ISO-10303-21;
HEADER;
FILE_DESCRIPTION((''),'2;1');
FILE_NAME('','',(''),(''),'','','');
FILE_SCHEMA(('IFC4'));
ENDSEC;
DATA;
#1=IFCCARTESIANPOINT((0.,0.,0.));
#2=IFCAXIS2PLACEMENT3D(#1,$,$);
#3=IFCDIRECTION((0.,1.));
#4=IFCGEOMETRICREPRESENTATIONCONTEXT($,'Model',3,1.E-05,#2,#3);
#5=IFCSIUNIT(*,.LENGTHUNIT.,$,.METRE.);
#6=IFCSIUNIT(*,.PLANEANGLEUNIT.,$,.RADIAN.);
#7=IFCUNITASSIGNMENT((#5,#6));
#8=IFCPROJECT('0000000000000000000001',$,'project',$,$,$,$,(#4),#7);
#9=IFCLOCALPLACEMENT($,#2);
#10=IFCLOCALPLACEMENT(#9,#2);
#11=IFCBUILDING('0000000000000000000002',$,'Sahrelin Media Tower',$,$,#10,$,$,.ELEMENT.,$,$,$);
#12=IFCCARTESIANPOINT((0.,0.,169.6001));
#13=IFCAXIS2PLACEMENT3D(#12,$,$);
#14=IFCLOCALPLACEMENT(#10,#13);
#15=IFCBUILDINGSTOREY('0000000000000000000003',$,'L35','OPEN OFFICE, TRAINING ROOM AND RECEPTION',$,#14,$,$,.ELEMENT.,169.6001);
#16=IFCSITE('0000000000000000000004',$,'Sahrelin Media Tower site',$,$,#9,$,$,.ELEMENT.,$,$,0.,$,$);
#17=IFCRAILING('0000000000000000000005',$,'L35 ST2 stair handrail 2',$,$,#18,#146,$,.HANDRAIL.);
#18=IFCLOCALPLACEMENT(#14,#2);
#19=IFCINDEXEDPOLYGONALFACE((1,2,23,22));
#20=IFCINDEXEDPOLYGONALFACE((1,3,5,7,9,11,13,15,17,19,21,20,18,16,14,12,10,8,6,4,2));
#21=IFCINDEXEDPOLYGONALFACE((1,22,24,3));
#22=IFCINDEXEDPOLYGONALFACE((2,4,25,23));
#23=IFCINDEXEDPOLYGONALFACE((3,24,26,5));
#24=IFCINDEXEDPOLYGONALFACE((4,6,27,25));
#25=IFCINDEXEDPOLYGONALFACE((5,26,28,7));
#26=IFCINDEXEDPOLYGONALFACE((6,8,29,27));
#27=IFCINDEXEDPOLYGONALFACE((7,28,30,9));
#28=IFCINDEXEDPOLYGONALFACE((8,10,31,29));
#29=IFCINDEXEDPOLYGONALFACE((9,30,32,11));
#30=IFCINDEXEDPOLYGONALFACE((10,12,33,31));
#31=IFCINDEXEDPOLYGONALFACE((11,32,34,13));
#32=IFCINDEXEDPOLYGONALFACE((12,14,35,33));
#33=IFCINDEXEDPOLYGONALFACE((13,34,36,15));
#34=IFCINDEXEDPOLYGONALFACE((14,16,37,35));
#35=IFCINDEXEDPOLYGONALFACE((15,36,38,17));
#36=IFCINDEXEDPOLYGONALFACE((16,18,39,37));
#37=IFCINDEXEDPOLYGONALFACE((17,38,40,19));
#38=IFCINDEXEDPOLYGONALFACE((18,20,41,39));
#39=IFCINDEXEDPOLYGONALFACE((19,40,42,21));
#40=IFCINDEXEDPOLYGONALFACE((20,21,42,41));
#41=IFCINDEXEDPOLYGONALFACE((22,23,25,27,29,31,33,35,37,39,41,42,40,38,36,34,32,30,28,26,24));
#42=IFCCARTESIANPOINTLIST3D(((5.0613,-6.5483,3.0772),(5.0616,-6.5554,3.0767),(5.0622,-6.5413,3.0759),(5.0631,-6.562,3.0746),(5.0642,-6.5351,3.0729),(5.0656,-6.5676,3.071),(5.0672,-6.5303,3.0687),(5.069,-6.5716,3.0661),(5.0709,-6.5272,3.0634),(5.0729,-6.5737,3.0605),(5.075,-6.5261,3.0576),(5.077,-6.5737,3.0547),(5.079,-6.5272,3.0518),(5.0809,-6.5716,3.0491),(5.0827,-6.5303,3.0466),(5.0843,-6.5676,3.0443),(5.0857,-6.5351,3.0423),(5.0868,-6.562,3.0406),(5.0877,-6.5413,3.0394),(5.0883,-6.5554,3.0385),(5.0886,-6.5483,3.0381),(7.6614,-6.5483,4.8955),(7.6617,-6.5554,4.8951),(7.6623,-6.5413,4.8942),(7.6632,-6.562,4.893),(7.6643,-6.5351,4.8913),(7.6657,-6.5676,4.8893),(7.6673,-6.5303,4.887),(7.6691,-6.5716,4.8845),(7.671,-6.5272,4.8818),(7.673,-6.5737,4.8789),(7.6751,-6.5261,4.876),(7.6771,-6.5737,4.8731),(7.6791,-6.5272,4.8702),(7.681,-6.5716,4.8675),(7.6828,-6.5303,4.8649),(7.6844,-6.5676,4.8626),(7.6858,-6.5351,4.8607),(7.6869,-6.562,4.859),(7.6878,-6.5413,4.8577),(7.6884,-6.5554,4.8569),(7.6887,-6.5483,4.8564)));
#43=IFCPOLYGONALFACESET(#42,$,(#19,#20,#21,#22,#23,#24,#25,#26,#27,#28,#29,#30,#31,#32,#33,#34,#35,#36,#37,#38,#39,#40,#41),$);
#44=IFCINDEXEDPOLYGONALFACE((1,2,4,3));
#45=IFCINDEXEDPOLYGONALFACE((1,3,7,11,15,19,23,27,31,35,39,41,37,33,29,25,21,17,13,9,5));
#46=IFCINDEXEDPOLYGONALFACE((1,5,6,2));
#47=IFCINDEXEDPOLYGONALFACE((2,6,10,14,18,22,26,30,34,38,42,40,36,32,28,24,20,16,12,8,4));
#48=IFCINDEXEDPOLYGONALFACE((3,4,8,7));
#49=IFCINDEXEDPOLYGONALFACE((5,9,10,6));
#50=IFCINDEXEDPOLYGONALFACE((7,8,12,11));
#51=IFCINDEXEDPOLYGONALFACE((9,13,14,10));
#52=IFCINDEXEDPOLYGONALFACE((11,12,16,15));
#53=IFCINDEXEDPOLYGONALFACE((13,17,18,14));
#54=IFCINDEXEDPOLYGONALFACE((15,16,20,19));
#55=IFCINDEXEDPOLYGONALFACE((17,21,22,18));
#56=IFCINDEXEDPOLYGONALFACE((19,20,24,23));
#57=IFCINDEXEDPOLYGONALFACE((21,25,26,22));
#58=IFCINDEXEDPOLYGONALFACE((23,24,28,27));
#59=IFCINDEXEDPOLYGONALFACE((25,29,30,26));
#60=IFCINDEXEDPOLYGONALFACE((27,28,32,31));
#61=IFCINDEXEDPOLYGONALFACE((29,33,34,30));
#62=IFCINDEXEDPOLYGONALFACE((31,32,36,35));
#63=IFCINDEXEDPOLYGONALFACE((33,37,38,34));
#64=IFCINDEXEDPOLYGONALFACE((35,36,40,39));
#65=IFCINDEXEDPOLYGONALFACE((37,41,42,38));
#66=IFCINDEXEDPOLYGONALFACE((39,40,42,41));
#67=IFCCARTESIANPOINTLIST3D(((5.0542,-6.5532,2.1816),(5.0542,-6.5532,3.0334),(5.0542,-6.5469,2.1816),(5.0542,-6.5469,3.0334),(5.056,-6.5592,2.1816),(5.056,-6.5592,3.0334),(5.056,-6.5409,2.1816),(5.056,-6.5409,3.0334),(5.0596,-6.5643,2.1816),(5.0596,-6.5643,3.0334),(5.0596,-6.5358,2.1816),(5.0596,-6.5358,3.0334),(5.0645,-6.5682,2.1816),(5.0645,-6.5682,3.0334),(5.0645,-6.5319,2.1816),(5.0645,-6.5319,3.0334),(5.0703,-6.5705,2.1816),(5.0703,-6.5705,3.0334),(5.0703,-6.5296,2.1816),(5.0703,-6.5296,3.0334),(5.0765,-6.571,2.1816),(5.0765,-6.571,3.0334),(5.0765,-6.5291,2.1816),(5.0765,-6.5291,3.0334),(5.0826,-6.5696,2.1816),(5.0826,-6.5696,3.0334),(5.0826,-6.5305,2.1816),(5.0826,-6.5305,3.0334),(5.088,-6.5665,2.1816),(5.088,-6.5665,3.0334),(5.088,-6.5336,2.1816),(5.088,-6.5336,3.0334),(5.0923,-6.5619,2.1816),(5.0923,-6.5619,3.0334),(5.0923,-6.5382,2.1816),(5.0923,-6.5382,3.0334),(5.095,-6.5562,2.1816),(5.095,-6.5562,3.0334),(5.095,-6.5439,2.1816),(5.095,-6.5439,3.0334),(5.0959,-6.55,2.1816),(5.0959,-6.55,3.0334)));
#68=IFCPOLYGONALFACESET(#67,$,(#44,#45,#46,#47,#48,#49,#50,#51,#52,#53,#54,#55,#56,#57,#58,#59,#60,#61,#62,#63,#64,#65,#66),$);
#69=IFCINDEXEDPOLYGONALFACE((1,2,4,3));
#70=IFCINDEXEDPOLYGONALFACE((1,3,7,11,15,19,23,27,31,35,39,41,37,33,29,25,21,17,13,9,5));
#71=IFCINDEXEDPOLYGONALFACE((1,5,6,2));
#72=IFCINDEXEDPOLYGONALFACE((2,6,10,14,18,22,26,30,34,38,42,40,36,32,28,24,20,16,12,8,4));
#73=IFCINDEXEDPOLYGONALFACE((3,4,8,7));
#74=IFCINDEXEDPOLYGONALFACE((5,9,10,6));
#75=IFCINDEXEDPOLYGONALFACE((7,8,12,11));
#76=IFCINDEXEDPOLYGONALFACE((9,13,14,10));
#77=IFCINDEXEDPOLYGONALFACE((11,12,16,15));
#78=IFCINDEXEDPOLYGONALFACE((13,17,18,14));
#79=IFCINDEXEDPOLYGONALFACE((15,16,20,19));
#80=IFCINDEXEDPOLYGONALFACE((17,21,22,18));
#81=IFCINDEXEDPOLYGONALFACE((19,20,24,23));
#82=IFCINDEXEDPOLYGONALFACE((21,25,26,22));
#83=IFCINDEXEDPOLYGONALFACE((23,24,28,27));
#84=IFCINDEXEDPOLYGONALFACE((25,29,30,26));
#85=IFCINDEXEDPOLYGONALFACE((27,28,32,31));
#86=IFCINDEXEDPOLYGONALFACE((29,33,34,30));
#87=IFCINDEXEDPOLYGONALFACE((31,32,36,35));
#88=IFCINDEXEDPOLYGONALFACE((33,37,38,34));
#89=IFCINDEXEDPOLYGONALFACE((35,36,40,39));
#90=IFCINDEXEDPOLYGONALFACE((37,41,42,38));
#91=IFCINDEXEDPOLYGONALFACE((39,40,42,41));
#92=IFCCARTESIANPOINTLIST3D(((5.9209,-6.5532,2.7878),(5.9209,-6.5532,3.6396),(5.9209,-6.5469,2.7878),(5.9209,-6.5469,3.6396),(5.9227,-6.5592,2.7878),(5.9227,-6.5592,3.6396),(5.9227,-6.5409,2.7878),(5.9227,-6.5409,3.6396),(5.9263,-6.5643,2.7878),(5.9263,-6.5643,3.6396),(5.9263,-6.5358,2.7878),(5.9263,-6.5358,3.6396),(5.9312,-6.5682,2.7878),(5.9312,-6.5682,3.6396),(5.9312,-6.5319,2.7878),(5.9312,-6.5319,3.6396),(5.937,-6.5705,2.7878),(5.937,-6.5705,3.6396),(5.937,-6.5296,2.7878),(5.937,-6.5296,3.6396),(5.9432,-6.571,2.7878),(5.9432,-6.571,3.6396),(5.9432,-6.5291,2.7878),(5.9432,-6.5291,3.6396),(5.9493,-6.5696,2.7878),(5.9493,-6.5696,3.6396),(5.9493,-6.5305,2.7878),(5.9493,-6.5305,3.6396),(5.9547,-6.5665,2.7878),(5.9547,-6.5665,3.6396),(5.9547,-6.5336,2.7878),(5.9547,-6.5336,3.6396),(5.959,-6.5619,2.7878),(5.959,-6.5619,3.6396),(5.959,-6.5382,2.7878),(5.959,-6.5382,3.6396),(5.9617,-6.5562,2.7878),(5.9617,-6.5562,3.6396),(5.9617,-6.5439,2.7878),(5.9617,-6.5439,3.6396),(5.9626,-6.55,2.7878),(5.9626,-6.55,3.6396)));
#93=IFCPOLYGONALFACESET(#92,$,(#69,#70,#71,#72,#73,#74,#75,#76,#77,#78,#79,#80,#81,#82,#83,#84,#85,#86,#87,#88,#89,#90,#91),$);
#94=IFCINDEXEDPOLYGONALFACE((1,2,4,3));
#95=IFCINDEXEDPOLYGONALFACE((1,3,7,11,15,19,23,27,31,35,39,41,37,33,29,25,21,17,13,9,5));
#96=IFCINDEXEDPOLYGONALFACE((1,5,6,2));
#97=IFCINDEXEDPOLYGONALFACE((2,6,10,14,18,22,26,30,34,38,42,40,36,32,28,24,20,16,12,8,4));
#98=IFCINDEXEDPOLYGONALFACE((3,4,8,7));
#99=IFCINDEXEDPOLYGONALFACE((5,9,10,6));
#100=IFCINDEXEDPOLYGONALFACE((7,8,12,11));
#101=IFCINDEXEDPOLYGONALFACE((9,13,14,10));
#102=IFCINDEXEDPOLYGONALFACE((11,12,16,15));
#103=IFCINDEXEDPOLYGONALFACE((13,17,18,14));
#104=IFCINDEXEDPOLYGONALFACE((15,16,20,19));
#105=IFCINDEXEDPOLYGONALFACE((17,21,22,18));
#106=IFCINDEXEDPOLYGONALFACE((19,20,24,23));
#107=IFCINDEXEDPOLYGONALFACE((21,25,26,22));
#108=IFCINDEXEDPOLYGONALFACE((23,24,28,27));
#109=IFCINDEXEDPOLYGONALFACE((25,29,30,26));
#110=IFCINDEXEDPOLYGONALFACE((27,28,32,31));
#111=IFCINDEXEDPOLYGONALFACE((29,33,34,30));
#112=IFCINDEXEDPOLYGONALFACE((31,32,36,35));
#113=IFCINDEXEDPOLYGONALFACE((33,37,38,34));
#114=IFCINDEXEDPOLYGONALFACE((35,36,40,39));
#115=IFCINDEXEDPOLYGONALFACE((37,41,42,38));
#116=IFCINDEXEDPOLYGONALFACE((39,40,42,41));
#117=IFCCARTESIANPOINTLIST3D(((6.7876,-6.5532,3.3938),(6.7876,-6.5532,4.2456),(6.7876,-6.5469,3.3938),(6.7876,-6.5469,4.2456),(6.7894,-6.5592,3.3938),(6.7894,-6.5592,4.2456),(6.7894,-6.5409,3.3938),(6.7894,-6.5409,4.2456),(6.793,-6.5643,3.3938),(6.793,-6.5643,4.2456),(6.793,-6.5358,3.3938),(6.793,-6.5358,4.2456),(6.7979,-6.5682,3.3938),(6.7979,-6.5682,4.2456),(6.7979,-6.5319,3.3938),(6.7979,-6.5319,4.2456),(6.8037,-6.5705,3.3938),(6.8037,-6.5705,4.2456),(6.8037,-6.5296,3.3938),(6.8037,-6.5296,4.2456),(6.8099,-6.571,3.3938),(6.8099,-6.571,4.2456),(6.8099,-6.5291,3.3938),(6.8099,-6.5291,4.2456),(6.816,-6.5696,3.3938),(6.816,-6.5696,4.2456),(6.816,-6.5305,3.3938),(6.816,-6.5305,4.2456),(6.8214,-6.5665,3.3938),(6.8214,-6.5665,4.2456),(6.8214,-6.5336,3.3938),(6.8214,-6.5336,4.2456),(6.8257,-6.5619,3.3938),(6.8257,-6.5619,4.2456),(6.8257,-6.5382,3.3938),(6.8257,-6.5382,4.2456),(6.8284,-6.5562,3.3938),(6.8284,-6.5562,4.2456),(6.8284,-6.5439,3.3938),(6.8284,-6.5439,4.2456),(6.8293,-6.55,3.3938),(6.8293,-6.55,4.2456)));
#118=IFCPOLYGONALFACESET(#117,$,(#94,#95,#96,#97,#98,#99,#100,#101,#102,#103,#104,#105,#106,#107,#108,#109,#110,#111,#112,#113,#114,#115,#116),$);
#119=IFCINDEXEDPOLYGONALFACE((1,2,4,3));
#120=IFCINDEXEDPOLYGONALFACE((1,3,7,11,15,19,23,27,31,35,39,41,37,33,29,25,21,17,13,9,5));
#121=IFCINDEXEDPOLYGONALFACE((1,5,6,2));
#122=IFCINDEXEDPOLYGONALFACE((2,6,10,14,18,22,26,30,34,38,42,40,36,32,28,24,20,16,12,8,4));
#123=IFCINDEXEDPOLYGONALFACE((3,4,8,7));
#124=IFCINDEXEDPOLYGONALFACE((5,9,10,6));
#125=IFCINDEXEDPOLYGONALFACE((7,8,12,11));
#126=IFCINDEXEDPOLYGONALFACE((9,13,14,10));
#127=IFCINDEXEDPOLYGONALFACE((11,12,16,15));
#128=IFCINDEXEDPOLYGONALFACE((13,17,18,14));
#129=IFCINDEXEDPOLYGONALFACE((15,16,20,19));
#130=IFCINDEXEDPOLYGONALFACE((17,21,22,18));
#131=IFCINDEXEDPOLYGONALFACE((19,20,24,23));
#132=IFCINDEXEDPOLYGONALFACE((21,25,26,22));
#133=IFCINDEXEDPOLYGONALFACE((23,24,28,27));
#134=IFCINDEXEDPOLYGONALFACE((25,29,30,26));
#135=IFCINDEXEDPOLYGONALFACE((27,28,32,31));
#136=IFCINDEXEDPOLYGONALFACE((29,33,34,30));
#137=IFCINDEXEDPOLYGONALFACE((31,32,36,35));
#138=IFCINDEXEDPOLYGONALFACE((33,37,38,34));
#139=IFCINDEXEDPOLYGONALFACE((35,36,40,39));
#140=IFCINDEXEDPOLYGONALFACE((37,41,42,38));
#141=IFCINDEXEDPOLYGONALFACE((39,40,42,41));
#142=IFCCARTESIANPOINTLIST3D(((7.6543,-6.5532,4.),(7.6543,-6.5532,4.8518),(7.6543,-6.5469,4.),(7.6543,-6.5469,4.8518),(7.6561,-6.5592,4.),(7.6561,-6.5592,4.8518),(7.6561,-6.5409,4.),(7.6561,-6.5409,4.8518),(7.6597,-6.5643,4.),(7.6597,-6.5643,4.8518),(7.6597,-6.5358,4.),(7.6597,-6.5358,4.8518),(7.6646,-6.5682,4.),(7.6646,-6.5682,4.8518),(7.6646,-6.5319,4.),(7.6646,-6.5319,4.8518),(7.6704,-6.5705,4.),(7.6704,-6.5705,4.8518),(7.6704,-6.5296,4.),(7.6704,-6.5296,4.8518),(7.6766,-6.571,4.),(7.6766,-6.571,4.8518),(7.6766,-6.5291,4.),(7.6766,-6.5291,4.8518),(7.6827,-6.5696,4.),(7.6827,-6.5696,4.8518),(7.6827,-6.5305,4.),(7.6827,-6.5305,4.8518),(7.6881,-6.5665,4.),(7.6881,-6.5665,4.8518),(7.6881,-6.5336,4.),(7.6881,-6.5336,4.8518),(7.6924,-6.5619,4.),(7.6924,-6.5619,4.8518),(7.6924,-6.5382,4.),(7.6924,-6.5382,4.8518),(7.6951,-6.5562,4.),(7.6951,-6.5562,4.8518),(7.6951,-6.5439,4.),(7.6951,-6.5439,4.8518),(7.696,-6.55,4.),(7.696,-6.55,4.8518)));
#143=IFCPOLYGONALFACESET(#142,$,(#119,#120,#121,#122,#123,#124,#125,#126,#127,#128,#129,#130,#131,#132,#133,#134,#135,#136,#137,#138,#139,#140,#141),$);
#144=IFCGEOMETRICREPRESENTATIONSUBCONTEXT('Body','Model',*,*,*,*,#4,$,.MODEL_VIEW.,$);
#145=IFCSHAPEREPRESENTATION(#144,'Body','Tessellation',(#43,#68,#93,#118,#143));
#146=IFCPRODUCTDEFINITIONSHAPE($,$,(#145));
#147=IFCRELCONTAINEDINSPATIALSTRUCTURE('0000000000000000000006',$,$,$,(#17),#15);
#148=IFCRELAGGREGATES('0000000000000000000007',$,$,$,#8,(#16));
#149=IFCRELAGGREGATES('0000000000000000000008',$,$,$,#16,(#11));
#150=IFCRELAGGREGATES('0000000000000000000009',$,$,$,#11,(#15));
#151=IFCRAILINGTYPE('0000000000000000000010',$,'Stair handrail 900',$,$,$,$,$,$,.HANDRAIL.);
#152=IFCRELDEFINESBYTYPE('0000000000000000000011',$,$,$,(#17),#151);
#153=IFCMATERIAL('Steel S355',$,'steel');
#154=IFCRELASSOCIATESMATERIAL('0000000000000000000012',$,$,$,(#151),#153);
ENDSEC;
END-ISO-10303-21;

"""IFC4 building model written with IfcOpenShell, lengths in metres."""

from ifc_helpers import new_model, si_unit, direction, frame, origin, origin_2d, place, context, subcontext, project, spatial, circle, extrude, material, type_object, element, save


model = new_model("IFC4")

# Units and contexts
model_context = context("Model", 3, precision=1e-05, world=origin(), true_north=direction((0.0, 1.0)))
body_context = subcontext(model_context, "Body", "Model", "MODEL_VIEW")
ifc_project = project(units=[si_unit("LENGTHUNIT", "METRE"), si_unit("PLANEANGLEUNIT", "RADIAN")], contexts=[model_context])

# Site, building, storey
site_placement = place(None, origin())
site = spatial("IfcSite", under=ifc_project, at=site_placement, Name="Sahrelin Media Tower site", CompositionType="ELEMENT", RefElevation=0.0)
building_placement = place(site_placement, origin())
building = spatial("IfcBuilding", under=site, at=building_placement, Name="Sahrelin Media Tower", CompositionType="ELEMENT")
storey_placement = place(building_placement, frame((0.0, 0.0, 169.6001)))
storey = spatial("IfcBuildingStorey", under=building, at=storey_placement, Name="L35", Description="OPEN OFFICE, TRAINING ROOM AND RECEPTION", CompositionType="ELEMENT", Elevation=169.6001)

# Shared definitions
ifc_material_1 = material(Name="Steel S355", Category="steel")

# Railing
railing_type_1 = type_object("IfcRailingType", Name="Stair handrail 900", PredefinedType="HANDRAIL", material=ifc_material_1)
railing_1_placement = place(storey_placement, frame((5.075, -6.55, 2.1816)))
element("IfcRailing", 1, at=railing_1_placement, inside=storey, type_object=railing_type_1, Name="L35 ST2 stair handrail 2", PredefinedType="HANDRAIL", context=body_context, shape_type="SweptSolid", body=[
    extrude(circle(Radius=0.0239, at=origin_2d()), frame((0.0, 0.0, 0.876), z_axis=(0.819485, 0.0, 0.573101), x_axis=(0.0, 1.0, 0.0)), (0.0, 0.0, 1.0), 3.1729),
    extrude(circle(Radius=0.021, at=origin_2d()), origin(), (0.0, 0.0, 1.0), 0.8518),
    extrude(circle(Radius=0.021, at=origin_2d()), frame((0.8667, 0.0, 0.6062)), (0.0, 0.0, 1.0), 0.8518),
    extrude(circle(Radius=0.021, at=origin_2d()), frame((1.7334, 0.0, 1.2122)), (0.0, 0.0, 1.0), 0.8518),
    extrude(circle(Radius=0.021, at=origin_2d()), frame((2.6001, 0.0, 1.8184)), (0.0, 0.0, 1.0), 0.8518),
])

save(model, "model.ifc")
